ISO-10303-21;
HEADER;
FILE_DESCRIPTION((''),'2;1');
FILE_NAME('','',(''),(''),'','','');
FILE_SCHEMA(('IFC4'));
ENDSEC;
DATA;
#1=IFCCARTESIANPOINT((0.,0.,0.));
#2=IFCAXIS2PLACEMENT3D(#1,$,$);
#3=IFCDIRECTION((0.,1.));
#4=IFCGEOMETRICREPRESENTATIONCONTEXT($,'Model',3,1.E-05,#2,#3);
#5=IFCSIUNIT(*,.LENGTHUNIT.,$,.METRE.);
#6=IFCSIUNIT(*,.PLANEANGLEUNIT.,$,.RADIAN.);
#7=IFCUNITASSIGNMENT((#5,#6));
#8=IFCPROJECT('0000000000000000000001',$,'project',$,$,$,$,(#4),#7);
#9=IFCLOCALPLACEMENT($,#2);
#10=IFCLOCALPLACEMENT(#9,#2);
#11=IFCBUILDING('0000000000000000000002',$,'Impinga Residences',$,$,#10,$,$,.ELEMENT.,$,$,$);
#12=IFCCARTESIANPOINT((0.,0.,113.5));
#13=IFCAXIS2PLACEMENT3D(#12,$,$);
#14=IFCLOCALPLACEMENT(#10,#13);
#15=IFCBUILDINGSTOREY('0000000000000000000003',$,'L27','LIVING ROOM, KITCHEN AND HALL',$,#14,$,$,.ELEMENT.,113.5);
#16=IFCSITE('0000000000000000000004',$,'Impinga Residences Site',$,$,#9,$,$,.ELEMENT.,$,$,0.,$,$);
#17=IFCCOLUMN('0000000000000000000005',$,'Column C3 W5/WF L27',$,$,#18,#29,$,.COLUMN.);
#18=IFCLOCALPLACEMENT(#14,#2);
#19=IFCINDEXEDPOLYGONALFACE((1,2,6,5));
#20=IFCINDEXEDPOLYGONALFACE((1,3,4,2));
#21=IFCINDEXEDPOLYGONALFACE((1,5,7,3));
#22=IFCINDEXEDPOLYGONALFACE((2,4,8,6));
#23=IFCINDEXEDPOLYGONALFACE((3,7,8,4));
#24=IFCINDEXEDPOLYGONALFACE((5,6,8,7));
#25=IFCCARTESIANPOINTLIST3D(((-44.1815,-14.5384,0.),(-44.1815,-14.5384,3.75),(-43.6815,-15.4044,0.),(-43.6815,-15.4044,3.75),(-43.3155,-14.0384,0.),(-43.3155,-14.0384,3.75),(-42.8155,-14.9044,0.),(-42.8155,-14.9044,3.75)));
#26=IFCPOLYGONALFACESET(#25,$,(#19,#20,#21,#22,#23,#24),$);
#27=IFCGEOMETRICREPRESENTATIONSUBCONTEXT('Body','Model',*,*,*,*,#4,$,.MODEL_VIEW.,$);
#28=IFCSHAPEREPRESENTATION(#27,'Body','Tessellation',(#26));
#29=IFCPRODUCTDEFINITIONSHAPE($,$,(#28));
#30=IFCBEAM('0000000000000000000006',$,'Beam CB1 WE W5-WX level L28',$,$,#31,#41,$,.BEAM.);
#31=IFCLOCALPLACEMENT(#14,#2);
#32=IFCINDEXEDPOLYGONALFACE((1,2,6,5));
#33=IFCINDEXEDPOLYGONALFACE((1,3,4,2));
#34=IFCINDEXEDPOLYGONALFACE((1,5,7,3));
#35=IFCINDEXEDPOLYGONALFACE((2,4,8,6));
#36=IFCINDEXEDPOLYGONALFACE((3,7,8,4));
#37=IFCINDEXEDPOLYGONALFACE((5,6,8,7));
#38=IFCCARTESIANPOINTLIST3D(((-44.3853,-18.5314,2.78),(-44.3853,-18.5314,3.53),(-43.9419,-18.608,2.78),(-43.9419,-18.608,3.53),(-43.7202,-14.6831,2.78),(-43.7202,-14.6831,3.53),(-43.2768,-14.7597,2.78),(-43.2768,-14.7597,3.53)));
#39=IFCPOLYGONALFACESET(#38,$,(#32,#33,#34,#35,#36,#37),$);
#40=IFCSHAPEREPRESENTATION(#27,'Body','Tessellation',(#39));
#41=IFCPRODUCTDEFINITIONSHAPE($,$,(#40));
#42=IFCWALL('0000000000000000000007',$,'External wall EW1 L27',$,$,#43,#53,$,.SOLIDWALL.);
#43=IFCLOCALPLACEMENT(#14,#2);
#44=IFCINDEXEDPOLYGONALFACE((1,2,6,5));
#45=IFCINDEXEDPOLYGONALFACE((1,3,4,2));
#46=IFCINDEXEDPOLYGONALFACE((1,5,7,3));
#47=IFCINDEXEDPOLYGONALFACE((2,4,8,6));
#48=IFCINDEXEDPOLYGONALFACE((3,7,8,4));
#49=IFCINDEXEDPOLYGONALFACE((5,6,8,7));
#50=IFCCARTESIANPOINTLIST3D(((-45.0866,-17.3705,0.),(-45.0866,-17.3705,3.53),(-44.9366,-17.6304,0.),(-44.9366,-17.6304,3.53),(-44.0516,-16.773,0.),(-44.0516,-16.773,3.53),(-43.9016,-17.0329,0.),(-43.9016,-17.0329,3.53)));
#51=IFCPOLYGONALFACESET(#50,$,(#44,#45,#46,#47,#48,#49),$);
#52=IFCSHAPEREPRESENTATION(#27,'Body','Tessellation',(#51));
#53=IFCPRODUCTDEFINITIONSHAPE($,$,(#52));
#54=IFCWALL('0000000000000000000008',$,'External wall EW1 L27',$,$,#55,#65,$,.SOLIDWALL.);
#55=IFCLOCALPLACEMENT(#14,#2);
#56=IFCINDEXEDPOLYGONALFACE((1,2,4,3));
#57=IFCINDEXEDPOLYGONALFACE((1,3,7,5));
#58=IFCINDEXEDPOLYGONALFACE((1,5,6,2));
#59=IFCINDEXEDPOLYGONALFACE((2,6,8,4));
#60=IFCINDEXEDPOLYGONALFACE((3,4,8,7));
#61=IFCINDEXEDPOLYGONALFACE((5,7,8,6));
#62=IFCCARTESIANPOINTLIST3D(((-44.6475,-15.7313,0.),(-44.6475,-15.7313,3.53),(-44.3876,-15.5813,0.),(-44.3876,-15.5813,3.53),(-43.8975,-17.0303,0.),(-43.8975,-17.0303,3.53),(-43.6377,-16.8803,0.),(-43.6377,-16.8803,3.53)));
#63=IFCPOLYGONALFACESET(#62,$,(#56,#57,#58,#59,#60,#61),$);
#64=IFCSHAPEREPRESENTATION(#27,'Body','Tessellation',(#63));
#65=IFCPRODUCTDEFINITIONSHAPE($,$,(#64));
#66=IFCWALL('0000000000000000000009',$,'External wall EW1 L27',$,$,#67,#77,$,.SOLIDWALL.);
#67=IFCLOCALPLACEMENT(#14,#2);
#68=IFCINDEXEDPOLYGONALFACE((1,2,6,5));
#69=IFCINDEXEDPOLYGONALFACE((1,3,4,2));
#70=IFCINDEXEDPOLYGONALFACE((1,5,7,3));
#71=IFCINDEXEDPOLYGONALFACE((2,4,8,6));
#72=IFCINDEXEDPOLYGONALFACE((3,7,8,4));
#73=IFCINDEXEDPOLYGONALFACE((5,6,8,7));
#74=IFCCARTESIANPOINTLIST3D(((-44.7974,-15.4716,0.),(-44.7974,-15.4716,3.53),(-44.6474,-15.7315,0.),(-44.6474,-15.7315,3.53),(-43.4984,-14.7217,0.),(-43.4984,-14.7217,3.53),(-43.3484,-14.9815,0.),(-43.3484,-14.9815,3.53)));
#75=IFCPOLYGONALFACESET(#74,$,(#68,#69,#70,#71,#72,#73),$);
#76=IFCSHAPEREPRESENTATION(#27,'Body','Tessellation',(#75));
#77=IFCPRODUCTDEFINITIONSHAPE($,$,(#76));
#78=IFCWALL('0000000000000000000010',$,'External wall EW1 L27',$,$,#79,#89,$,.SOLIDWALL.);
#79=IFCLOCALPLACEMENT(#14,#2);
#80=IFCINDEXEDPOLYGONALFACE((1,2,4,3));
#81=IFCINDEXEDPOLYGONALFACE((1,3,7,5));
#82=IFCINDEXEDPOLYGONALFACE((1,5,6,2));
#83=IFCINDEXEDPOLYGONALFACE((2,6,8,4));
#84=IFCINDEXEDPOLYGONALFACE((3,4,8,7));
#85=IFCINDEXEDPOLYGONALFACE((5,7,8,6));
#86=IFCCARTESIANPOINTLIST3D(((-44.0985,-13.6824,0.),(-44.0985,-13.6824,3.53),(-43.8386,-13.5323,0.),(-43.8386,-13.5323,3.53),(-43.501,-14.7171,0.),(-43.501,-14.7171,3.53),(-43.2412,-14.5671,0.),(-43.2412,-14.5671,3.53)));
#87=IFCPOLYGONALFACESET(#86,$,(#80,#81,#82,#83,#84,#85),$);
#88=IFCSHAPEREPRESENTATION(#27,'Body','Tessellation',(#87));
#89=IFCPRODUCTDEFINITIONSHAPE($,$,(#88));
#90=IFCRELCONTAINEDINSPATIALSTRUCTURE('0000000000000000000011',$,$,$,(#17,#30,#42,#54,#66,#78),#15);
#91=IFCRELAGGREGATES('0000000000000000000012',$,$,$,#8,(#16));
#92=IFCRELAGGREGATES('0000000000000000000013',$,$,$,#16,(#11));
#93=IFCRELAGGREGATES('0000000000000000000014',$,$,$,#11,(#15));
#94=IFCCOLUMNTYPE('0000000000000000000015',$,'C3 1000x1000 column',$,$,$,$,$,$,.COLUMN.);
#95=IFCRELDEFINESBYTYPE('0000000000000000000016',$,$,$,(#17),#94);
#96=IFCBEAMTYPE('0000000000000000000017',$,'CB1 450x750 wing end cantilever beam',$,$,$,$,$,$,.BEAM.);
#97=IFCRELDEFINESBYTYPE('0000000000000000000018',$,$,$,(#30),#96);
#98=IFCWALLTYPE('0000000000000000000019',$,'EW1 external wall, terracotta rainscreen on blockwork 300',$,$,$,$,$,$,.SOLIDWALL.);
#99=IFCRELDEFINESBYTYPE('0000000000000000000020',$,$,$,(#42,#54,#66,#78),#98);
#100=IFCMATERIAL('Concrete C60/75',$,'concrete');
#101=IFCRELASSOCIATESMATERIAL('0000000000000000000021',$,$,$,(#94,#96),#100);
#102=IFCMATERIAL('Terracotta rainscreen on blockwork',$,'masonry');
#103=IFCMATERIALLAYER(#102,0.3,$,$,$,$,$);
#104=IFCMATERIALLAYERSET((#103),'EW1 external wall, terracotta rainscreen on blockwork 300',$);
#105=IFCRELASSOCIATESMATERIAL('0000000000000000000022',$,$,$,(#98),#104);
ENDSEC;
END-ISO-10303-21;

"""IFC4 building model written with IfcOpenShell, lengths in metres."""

from ifc_helpers import new_model, si_unit, direction, frame, frame_2d, origin, origin_2d, place, context, subcontext, project, spatial, rectangle, extrude, material, layer, layer_set, material_profile, profile_set, type_object, element, save


model = new_model("IFC4")

# Units and contexts
model_context = context("Model", 3, precision=1e-05, world=origin(), true_north=direction((0.0, 1.0)))
body_context = subcontext(model_context, "Body", "Model", "MODEL_VIEW")
ifc_project = project(units=[si_unit("LENGTHUNIT", "METRE"), si_unit("PLANEANGLEUNIT", "RADIAN")], contexts=[model_context])

# Site, building, storey
site_placement = place(None, origin())
site = spatial("IfcSite", under=ifc_project, at=site_placement, Name="Impinga Residences Site", CompositionType="ELEMENT", RefElevation=0.0)
building_placement = place(site_placement, origin())
building = spatial("IfcBuilding", under=site, at=building_placement, Name="Impinga Residences", CompositionType="ELEMENT")
storey_placement = place(building_placement, frame((0.0, 0.0, 113.5)))
storey = spatial("IfcBuildingStorey", under=building, at=storey_placement, Name="L27", Description="LIVING ROOM, KITCHEN AND HALL", CompositionType="ELEMENT", Elevation=113.5)

# Column
ifc_material_1 = material(Name="Concrete C60/75", Category="concrete")
ifc_material_profile_1 = material_profile(ifc_material_1, rectangle(XDim=1.0, YDim=1.0, at=origin_2d()), Name="RC 1000x1000")
ifc_profile_set_1 = profile_set([ifc_material_profile_1], Name="Concrete C60/75")
column_type = type_object("IfcColumnType", Name="C3 1000x1000 column", PredefinedType="COLUMN", material=ifc_profile_set_1)
column_placement = place(storey_placement, frame((-43.4985, -14.7214, 0.0), z_axis=(0.0, 0.0, 1.0), x_axis=(-0.5, 0.866025, 0.0)))
element("IfcColumn", 1, at=column_placement, inside=storey, type_object=column_type, Name="Column C3 W5/WF L27", PredefinedType="COLUMN", context=body_context, shape_type="SweptSolid", body=[
    extrude(rectangle(XDim=1.0, YDim=1.0, at=origin_2d()), origin(), (0.0, 0.0, 1.0), 3.75),
])

# Beam
ifc_material_profile_2 = material_profile(ifc_material_1, rectangle(XDim=0.45, YDim=0.75, at=origin_2d()), Name="RC 450x750")
ifc_profile_set_2 = profile_set([ifc_material_profile_2], Name="Concrete C60/75")
beam_type = type_object("IfcBeamType", Name="CB1 450x750 wing end cantilever beam", PredefinedType="BEAM", material=ifc_profile_set_2)
beam_placement = place(storey_placement, frame((-43.4985, -14.7214, 3.155), z_axis=(-0.170296, -0.985393, 0.0), x_axis=(0.985393, -0.170296, 0.0)))
element("IfcBeam", 2, at=beam_placement, inside=storey, type_object=beam_type, Name="Beam CB1 WE W5-WX level L28", PredefinedType="BEAM", context=body_context, shape_type="SweptSolid", body=[
    extrude(rectangle(XDim=0.45, YDim=0.75, at=origin_2d()), origin(), (0.0, 0.0, 1.0), 3.9053),
])

# Walls
ifc_material_2 = material(Name="Terracotta rainscreen on blockwork", Category="masonry")
ifc_layer_1 = layer(ifc_material_2, 0.3)
ifc_layer_set_1 = layer_set([ifc_layer_1], Name="EW1 external wall, terracotta rainscreen on blockwork 300")
wall_type_1 = type_object("IfcWallType", Name="EW1 external wall, terracotta rainscreen on blockwork 300", PredefinedType="SOLIDWALL", material=ifc_layer_set_1)
wall_1_placement = place(storey_placement, frame((-45.0117, -17.5005, 0.0), z_axis=(0.0, 0.0, 1.0), x_axis=(0.86606, 0.499941, 0.0)))
element("IfcWall", 3, at=wall_1_placement, inside=storey, type_object=wall_type_1, Name="External wall EW1 L27", PredefinedType="SOLIDWALL", context=body_context, shape_type="SweptSolid", body=[
    extrude(rectangle(XDim=1.1951, YDim=0.3, at=frame_2d((0.5977, 0.0))), origin(), (0.0, 0.0, 1.0), 3.53),
])
for number, where, z_axis, x_axis, name in (
    (4, (-43.7676, -16.9553, 0.0), (0.0, 0.0, 1.0), (-0.49999, 0.866031, 0.0), "External wall EW1 L27"),
    (5, (-44.7224, -15.6016, 0.0), (0.0, 0.0, 1.0), (0.866031, 0.49999, 0.0), "External wall EW1 L27"),
):
    element("IfcWall", number, at=place(storey_placement, frame(where, z_axis=z_axis, x_axis=x_axis)), inside=storey, type_object=wall_type_1, Name=name, PredefinedType="SOLIDWALL", context=body_context, shape_type="SweptSolid", body=[
        extrude(rectangle(XDim=1.5, YDim=0.3, at=frame_2d((0.75, 0.0))), origin(), (0.0, 0.0, 1.0), 3.53),
    ])
wall_2_placement = place(storey_placement, frame((-43.3711, -14.6421, 0.0), z_axis=(0.0, 0.0, 1.0), x_axis=(-0.500029, 0.866009, 0.0)))
element("IfcWall", 6, at=wall_2_placement, inside=storey, type_object=wall_type_1, Name="External wall EW1 L27", PredefinedType="SOLIDWALL", context=body_context, shape_type="SweptSolid", body=[
    extrude(rectangle(XDim=1.1948, YDim=0.3, at=frame_2d((0.5974, 0.0))), origin(), (0.0, 0.0, 1.0), 3.53),
])

save(model, "model.ifc")
